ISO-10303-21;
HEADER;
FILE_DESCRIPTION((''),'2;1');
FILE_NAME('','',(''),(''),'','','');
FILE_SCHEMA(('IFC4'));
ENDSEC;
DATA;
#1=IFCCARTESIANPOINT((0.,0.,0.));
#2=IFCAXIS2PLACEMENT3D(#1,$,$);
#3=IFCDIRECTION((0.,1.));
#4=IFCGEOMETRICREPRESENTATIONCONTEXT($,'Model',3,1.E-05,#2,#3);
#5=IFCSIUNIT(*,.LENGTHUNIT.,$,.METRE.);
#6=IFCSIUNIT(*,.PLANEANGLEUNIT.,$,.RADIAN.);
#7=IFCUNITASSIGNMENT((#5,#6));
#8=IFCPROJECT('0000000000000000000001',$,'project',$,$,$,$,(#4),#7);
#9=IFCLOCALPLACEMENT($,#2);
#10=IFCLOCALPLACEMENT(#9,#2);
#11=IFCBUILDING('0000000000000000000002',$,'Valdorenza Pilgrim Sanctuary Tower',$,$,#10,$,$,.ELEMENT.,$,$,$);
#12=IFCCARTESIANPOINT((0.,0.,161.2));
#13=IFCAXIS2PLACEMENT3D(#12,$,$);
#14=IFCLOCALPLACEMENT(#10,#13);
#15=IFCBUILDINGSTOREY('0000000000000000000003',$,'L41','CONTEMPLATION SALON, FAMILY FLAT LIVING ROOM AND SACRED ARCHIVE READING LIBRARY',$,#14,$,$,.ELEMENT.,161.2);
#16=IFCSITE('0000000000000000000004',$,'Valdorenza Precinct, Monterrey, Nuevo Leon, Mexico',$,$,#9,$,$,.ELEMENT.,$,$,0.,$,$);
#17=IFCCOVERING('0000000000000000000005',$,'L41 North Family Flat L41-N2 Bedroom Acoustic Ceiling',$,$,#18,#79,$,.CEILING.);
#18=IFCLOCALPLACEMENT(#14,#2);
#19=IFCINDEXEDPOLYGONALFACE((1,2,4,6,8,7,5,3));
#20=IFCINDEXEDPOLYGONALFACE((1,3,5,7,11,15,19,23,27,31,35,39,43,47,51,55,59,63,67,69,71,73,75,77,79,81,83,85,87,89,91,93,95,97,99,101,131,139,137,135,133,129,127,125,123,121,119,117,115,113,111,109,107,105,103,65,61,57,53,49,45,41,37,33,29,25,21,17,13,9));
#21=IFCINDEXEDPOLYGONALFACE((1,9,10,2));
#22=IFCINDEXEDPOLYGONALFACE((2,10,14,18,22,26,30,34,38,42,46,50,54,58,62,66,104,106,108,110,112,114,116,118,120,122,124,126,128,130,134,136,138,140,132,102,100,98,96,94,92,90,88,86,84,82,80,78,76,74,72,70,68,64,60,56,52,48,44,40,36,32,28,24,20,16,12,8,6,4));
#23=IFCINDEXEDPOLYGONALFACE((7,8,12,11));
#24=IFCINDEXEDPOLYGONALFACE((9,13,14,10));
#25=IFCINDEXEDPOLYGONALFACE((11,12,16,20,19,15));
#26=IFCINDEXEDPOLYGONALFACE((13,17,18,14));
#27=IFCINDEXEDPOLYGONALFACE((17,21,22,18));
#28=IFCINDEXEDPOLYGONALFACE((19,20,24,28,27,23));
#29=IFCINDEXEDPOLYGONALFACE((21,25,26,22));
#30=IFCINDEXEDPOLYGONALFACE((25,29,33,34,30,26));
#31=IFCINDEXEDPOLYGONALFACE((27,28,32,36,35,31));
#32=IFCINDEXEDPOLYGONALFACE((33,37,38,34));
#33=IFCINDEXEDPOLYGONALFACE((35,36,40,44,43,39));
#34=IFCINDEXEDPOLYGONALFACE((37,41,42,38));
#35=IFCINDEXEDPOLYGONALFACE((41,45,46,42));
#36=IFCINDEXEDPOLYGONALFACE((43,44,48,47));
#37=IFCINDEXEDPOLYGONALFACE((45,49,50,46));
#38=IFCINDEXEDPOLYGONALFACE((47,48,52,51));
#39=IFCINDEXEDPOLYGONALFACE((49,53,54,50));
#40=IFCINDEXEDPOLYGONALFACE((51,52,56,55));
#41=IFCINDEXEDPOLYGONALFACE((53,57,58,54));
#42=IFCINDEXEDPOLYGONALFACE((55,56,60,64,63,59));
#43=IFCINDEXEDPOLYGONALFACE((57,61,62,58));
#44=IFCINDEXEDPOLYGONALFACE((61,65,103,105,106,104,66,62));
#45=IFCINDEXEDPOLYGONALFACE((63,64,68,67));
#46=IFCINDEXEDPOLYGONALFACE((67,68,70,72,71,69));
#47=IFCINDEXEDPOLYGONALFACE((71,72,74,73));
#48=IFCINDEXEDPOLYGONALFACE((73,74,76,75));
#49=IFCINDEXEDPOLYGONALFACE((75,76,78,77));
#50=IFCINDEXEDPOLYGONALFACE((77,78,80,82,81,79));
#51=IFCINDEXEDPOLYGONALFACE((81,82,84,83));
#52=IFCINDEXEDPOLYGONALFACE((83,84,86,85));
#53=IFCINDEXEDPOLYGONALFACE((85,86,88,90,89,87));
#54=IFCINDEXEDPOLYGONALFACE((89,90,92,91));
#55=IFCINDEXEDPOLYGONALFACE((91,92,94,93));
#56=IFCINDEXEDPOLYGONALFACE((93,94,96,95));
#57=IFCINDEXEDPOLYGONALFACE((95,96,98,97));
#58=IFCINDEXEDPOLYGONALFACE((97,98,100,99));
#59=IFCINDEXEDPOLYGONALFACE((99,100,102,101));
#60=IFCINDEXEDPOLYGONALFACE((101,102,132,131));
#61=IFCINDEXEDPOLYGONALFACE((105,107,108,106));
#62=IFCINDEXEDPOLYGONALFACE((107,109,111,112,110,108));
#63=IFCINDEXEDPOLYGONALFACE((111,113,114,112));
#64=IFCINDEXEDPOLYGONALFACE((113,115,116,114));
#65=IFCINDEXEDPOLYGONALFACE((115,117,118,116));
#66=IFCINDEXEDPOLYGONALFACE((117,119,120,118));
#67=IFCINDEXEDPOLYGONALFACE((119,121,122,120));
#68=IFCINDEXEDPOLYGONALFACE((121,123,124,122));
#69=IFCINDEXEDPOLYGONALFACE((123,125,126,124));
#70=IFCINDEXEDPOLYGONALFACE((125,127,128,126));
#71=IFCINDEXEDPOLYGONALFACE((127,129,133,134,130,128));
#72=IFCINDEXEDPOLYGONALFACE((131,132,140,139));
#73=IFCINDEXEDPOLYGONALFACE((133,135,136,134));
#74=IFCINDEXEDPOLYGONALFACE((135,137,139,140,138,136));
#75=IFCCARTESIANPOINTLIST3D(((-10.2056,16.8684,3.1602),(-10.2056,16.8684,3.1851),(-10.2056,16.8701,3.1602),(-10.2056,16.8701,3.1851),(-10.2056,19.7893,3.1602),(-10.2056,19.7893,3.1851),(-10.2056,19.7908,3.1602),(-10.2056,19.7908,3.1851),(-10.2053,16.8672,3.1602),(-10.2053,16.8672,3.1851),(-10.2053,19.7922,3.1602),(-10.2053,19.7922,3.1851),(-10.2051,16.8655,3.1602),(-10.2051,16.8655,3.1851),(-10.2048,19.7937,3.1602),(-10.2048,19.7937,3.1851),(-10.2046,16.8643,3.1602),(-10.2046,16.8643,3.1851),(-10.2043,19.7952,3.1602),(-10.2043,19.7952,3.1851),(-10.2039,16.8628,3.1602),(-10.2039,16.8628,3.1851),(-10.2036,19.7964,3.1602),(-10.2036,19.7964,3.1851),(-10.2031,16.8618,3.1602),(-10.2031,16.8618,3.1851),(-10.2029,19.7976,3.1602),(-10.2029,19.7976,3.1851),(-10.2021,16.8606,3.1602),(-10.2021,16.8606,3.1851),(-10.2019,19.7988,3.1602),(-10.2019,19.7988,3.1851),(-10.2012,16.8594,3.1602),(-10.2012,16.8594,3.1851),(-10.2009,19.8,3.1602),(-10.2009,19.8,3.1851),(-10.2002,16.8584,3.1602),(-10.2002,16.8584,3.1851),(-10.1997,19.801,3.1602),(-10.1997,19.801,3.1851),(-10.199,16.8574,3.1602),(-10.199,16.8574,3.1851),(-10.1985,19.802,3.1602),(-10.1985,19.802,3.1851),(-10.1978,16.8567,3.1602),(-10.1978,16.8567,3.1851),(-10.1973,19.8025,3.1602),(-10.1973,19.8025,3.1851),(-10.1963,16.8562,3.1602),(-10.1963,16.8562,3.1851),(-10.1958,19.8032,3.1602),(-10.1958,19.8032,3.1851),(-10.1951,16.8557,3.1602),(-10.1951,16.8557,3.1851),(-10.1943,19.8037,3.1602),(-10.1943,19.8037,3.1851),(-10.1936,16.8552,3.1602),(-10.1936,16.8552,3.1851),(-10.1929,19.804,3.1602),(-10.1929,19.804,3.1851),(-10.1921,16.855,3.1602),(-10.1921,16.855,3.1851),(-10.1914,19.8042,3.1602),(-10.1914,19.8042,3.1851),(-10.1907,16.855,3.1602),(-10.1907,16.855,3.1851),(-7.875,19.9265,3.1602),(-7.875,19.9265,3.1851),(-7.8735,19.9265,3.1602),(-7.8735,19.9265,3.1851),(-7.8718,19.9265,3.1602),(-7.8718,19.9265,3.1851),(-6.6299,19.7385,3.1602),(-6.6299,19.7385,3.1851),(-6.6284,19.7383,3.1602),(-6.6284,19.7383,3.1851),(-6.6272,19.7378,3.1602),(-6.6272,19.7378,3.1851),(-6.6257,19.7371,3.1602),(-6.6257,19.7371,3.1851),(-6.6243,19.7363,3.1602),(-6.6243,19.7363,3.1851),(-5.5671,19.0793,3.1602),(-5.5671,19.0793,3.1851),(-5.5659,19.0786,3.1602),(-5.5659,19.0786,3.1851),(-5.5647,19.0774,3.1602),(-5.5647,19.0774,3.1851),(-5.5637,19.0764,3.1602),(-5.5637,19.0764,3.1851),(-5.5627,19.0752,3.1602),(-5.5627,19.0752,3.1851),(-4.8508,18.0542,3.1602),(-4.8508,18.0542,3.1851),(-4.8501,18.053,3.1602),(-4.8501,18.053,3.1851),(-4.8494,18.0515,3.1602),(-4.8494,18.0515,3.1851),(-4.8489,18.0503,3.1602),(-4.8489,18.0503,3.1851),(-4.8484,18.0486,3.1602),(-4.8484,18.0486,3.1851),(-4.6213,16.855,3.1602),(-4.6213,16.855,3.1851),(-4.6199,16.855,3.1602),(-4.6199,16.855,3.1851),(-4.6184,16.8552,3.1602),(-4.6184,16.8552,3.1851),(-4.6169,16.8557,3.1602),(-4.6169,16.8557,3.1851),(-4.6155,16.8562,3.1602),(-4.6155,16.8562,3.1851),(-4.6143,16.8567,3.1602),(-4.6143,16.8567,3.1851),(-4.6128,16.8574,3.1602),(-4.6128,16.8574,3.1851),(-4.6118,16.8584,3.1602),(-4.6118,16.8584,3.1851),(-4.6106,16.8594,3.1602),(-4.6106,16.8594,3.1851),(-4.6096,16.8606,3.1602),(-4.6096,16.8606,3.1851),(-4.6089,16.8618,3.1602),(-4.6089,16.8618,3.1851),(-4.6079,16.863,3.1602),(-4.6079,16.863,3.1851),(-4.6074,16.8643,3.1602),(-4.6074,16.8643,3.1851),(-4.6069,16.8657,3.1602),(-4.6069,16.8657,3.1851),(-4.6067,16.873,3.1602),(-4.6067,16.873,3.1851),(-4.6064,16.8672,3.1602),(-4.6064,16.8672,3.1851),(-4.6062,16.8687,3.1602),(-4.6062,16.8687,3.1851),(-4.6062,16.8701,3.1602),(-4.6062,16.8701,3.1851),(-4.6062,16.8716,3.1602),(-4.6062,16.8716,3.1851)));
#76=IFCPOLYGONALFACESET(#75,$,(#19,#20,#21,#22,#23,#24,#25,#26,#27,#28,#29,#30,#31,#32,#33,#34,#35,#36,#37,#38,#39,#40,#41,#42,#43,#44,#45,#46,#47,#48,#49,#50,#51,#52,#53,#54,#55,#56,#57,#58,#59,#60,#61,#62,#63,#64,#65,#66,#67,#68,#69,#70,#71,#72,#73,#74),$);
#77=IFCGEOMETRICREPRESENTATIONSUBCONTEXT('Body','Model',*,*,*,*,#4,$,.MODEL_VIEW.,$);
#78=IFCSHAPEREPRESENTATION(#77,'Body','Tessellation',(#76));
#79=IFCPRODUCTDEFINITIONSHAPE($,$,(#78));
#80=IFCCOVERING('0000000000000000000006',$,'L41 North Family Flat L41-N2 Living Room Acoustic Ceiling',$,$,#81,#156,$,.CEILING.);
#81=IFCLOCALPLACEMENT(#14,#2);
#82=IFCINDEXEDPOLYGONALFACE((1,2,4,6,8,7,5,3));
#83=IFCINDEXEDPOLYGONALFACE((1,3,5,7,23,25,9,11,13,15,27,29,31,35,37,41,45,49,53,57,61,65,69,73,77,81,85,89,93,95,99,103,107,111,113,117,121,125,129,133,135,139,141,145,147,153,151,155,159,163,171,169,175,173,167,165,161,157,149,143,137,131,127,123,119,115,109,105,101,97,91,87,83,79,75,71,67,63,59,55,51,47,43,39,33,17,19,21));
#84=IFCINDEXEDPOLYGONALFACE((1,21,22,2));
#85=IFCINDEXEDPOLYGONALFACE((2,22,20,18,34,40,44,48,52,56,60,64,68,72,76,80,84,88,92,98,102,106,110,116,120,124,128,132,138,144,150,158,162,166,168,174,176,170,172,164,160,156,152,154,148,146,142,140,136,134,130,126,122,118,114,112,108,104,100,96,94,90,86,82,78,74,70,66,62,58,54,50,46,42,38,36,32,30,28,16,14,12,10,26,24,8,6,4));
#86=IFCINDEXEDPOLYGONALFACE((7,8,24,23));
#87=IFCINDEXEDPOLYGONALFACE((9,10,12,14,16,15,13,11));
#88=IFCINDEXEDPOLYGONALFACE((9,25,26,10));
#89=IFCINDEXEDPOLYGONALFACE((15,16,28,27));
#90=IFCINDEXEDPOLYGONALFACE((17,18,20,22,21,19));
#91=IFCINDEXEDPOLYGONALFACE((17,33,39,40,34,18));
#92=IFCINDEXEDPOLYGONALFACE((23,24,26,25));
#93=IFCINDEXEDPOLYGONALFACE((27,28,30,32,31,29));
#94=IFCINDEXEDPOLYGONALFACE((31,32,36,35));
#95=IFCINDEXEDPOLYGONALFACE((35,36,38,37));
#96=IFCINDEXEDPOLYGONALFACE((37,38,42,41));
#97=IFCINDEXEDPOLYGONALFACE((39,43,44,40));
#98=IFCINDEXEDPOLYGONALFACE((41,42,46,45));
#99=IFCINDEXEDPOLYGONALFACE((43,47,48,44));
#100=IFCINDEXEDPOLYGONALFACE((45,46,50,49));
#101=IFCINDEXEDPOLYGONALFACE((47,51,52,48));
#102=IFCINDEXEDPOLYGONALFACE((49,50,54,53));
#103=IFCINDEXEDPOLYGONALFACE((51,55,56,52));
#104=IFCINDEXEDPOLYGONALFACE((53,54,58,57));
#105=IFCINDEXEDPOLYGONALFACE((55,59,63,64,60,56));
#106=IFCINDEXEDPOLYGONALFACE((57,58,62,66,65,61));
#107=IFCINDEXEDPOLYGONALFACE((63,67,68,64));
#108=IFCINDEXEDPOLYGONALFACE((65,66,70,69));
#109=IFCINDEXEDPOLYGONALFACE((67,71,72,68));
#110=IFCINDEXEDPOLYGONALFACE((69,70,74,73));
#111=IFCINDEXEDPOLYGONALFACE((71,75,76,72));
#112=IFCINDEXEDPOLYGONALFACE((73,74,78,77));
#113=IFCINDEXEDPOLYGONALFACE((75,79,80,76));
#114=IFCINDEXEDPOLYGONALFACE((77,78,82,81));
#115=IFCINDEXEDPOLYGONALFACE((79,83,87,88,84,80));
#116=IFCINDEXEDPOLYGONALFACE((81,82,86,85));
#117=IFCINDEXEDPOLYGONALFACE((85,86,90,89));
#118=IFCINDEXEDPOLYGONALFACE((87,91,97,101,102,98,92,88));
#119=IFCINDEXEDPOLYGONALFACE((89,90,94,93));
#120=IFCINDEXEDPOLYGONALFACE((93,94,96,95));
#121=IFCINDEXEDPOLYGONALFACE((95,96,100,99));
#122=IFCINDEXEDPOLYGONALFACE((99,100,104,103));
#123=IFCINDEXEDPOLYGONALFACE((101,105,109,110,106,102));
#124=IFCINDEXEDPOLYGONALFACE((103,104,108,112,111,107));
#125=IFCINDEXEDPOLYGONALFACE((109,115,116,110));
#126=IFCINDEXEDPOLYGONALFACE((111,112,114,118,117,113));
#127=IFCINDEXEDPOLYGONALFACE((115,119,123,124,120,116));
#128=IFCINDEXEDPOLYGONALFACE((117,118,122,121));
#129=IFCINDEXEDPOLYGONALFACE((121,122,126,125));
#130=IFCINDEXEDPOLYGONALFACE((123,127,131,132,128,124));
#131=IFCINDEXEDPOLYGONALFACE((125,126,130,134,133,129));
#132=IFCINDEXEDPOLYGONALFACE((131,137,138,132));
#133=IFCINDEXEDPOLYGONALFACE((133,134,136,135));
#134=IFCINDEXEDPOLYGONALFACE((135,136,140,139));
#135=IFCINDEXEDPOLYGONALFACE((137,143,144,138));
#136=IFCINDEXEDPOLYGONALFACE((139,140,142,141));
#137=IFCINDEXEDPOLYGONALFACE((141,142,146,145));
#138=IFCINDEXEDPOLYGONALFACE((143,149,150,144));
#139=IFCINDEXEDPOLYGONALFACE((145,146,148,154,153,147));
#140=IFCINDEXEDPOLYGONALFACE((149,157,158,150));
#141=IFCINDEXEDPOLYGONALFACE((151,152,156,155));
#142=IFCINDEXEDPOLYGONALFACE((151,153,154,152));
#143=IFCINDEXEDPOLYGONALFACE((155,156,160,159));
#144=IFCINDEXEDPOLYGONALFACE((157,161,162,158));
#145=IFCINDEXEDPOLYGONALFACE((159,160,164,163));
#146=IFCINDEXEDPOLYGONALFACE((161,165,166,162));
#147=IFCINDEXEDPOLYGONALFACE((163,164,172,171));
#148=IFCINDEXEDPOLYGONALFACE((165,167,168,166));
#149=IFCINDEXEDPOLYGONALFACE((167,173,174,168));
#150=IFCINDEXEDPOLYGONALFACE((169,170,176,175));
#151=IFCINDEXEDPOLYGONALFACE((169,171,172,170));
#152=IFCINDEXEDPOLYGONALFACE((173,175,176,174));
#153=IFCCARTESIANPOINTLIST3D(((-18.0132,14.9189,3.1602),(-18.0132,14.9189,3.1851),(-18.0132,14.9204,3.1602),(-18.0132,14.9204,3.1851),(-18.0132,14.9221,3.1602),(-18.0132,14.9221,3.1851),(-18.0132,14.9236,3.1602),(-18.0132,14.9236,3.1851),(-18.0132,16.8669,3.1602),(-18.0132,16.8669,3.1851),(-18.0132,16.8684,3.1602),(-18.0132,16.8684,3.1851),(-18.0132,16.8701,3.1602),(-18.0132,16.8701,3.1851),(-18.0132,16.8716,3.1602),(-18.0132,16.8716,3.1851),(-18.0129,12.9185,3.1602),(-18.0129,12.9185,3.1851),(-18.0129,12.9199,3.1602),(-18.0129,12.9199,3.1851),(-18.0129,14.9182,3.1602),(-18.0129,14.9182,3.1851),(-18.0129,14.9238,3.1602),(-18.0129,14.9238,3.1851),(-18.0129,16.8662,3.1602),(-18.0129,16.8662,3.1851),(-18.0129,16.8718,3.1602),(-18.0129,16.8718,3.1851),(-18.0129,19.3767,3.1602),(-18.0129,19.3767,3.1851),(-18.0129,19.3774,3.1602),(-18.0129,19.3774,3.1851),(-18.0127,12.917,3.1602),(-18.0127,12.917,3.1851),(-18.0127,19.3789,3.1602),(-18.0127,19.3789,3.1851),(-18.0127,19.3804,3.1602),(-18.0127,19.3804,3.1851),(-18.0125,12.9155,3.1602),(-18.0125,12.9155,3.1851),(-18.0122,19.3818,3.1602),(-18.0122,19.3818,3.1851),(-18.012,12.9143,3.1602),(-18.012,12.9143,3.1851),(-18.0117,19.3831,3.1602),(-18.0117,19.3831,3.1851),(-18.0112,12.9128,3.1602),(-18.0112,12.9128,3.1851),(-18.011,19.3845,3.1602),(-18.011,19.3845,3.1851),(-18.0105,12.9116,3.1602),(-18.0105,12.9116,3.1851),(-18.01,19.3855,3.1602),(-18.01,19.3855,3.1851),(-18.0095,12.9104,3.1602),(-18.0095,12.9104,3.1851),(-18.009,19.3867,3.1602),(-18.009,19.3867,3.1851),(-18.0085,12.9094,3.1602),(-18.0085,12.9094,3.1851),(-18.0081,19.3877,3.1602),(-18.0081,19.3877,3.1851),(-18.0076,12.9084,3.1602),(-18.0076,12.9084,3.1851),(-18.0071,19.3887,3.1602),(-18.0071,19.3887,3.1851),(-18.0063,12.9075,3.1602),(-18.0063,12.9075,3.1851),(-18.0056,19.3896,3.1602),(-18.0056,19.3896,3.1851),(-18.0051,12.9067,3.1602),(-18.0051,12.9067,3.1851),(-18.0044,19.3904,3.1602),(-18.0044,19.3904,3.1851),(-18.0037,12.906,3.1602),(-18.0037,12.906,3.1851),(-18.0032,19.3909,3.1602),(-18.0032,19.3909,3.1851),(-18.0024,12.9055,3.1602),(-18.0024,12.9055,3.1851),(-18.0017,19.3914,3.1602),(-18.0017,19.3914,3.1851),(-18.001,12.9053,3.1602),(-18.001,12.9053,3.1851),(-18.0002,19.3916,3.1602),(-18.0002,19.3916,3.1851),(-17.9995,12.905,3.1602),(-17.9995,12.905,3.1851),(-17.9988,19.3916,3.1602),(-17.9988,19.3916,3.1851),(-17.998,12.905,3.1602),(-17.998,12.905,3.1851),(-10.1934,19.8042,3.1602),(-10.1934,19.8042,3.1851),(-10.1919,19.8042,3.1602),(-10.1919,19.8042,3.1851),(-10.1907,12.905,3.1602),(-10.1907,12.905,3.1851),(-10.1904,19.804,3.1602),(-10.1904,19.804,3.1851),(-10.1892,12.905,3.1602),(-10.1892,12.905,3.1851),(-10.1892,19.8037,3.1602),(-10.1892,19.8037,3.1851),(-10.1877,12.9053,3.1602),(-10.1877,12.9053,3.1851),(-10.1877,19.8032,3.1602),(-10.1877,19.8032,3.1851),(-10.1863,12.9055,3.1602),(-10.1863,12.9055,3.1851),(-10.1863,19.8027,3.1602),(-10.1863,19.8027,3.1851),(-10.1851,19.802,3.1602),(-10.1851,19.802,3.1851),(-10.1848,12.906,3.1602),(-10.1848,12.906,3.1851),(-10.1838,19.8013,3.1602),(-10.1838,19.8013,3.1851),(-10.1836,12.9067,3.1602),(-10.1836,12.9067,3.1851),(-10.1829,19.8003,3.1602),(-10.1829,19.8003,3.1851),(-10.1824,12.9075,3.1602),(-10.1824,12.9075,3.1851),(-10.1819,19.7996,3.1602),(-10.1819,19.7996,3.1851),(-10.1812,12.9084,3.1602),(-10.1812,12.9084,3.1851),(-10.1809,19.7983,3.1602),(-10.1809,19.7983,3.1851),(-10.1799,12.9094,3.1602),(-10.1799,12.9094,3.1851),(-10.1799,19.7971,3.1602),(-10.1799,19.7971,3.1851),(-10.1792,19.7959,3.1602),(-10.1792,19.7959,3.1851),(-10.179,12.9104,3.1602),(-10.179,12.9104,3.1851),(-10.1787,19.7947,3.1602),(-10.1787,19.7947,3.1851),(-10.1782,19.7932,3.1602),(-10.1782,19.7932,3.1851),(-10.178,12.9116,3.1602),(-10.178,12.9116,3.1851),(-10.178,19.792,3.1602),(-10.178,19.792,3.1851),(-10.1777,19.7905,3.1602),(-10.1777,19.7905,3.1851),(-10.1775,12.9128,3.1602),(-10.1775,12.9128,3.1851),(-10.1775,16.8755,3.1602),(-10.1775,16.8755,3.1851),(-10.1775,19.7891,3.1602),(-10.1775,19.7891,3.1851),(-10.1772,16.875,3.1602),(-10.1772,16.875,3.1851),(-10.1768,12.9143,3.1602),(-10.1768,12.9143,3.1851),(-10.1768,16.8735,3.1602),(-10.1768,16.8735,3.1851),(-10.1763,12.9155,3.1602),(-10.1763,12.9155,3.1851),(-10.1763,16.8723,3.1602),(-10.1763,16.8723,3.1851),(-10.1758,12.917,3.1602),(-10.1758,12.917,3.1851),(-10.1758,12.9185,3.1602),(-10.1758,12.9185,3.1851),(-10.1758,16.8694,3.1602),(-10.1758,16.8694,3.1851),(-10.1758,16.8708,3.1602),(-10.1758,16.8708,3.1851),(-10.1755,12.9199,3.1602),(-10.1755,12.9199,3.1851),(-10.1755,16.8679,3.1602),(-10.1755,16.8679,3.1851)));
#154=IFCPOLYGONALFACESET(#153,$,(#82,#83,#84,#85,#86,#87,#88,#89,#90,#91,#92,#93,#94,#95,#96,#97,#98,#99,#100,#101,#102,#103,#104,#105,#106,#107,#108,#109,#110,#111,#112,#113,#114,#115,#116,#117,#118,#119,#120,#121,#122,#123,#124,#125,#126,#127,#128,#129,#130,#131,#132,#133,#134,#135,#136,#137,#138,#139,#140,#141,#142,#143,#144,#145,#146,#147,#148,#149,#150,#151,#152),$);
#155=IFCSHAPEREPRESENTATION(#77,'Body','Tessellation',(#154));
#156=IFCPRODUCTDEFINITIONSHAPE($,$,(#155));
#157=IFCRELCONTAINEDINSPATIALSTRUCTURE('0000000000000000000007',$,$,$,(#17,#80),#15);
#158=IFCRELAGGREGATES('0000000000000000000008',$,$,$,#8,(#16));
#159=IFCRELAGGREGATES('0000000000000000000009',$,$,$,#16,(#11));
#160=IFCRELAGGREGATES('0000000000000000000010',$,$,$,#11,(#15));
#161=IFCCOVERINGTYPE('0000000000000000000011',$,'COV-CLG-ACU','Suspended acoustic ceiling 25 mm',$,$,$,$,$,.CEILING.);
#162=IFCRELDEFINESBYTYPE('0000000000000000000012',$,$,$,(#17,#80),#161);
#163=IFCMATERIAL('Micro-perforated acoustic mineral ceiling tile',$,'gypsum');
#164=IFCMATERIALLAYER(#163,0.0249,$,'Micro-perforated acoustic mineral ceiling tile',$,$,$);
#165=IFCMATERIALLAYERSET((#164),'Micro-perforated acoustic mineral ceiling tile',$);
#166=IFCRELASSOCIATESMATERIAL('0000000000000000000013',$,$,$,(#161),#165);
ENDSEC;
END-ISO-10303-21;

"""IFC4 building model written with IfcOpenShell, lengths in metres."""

from ifc_helpers import new_model, si_unit, direction, frame, origin, place, context, subcontext, project, spatial, polyline, outline, extrude, material, layer, layer_set, type_object, element, save


model = new_model("IFC4")

# Units and contexts
model_context = context("Model", 3, precision=1e-05, world=origin(), true_north=direction((0.0, 1.0)))
body_context = subcontext(model_context, "Body", "Model", "MODEL_VIEW")
ifc_project = project(units=[si_unit("LENGTHUNIT", "METRE"), si_unit("PLANEANGLEUNIT", "RADIAN")], contexts=[model_context])

# Site, building, storey
site_placement = place(None, origin())
site = spatial("IfcSite", under=ifc_project, at=site_placement, Name="Valdorenza Precinct, Monterrey, Nuevo Leon, Mexico", CompositionType="ELEMENT", RefElevation=0.0)
building_placement = place(site_placement, origin())
building = spatial("IfcBuilding", under=site, at=building_placement, Name="Valdorenza Pilgrim Sanctuary Tower", CompositionType="ELEMENT")
storey_placement = place(building_placement, frame((0.0, 0.0, 161.2)))
storey = spatial("IfcBuildingStorey", under=building, at=storey_placement, Name="L41", Description="CONTEMPLATION SALON, FAMILY FLAT LIVING ROOM AND SACRED ARCHIVE READING LIBRARY", CompositionType="ELEMENT", Elevation=161.2)

# Coverings
ifc_material_1 = material(Name="Micro-perforated acoustic mineral ceiling tile", Category="gypsum")
ifc_layer_1 = layer(ifc_material_1, 0.0249, Name="Micro-perforated acoustic mineral ceiling tile")
ifc_layer_set_1 = layer_set([ifc_layer_1], Name="Micro-perforated acoustic mineral ceiling tile")
covering_type_1 = type_object("IfcCoveringType", Name="COV-CLG-ACU", Description="Suspended acoustic ceiling 25 mm", PredefinedType="CEILING", material=ifc_layer_set_1)
covering_1_placement = place(storey_placement, frame((0.0, 0.0, 3.1602)))
element("IfcCovering", 1, at=covering_1_placement, inside=storey, type_object=covering_type_1, Name="L41 North Family Flat L41-N2 Bedroom Acoustic Ceiling", PredefinedType="CEILING", context=body_context, shape_type="SweptSolid", body=[
    extrude(outline(polyline([(-10.2056, 19.7893), (-10.2056, 19.7908), (-10.2053, 19.7922), (-10.2048, 19.7937), (-10.2043, 19.7952), (-10.2036, 19.7964), (-10.2029, 19.7976), (-10.2019, 19.7988), (-10.2009, 19.8), (-10.1997, 19.801), (-10.1985, 19.802), (-10.1973, 19.8025), (-10.1958, 19.8032), (-10.1943, 19.8037), (-10.1929, 19.804), (-10.1914, 19.8042), (-7.875, 19.9265), (-7.8735, 19.9265), (-7.8718, 19.9265), (-6.6299, 19.7385), (-6.6284, 19.7383), (-6.6272, 19.7378), (-6.6257, 19.7371), (-6.6243, 19.7363), (-5.5671, 19.0793), (-5.5659, 19.0786), (-5.5647, 19.0774), (-5.5637, 19.0764), (-5.5627, 19.0752), (-4.8508, 18.0542), (-4.8501, 18.053), (-4.8494, 18.0515), (-4.8489, 18.0503), (-4.8484, 18.0486), (-4.6067, 16.873), (-4.6062, 16.8716), (-4.6062, 16.8701), (-4.6062, 16.8687), (-4.6064, 16.8672), (-4.6069, 16.8657), (-4.6074, 16.8643), (-4.6079, 16.863), (-4.6089, 16.8618), (-4.6096, 16.8606), (-4.6106, 16.8594), (-4.6118, 16.8584), (-4.6128, 16.8574), (-4.6143, 16.8567), (-4.6155, 16.8562), (-4.6169, 16.8557), (-4.6184, 16.8552), (-4.6199, 16.855), (-4.6213, 16.855), (-10.1907, 16.855), (-10.1921, 16.855), (-10.1936, 16.8552), (-10.1951, 16.8557), (-10.1963, 16.8562), (-10.1978, 16.8567), (-10.199, 16.8574), (-10.2002, 16.8584), (-10.2012, 16.8594), (-10.2021, 16.8606), (-10.2031, 16.8618), (-10.2039, 16.8628), (-10.2046, 16.8643), (-10.2051, 16.8655), (-10.2053, 16.8672), (-10.2056, 16.8684), (-10.2056, 16.8701), (-10.2056, 19.7893)])), origin(), (0.0, 0.0, 1.0), 0.0249),
])
covering_2_placement = place(storey_placement, frame((0.0, 0.0, 3.1602)))
element("IfcCovering", 2, at=covering_2_placement, inside=storey, type_object=covering_type_1, Name="L41 North Family Flat L41-N2 Living Room Acoustic Ceiling", PredefinedType="CEILING", context=body_context, shape_type="SweptSolid", body=[
    extrude(outline(polyline([(-18.0129, 14.9182), (-18.0132, 14.9189), (-18.0132, 14.9204), (-18.0132, 14.9221), (-18.0132, 14.9236), (-18.0129, 14.9238), (-18.0129, 16.8662), (-18.0132, 16.8669), (-18.0132, 16.8684), (-18.0132, 16.8701), (-18.0132, 16.8716), (-18.0129, 16.8718), (-18.0129, 19.3767), (-18.0129, 19.3767), (-18.0129, 19.3774), (-18.0127, 19.3789), (-18.0127, 19.3804), (-18.0122, 19.3818), (-18.0117, 19.3831), (-18.011, 19.3845), (-18.01, 19.3855), (-18.009, 19.3867), (-18.0081, 19.3877), (-18.0071, 19.3887), (-18.0056, 19.3896), (-18.0044, 19.3904), (-18.0032, 19.3909), (-18.0017, 19.3914), (-18.0002, 19.3916), (-17.9988, 19.3916), (-10.1934, 19.8042), (-10.1919, 19.8042), (-10.1904, 19.804), (-10.1892, 19.8037), (-10.1877, 19.8032), (-10.1863, 19.8027), (-10.1851, 19.802), (-10.1838, 19.8013), (-10.1829, 19.8003), (-10.1819, 19.7996), (-10.1809, 19.7983), (-10.1799, 19.7971), (-10.1792, 19.7959), (-10.1787, 19.7947), (-10.1782, 19.7932), (-10.178, 19.792), (-10.1777, 19.7905), (-10.1775, 19.7891), (-10.1775, 16.8755), (-10.1772, 16.875), (-10.1768, 16.8735), (-10.1763, 16.8723), (-10.1758, 16.8708), (-10.1758, 16.8694), (-10.1755, 16.8679), (-10.1755, 12.9199), (-10.1758, 12.9185), (-10.1758, 12.917), (-10.1763, 12.9155), (-10.1768, 12.9143), (-10.1775, 12.9128), (-10.178, 12.9116), (-10.179, 12.9104), (-10.1799, 12.9094), (-10.1812, 12.9084), (-10.1824, 12.9075), (-10.1836, 12.9067), (-10.1848, 12.906), (-10.1863, 12.9055), (-10.1877, 12.9053), (-10.1892, 12.905), (-10.1907, 12.905), (-17.998, 12.905), (-17.9995, 12.905), (-18.001, 12.9053), (-18.0024, 12.9055), (-18.0037, 12.906), (-18.0051, 12.9067), (-18.0063, 12.9075), (-18.0076, 12.9084), (-18.0085, 12.9094), (-18.0095, 12.9104), (-18.0105, 12.9116), (-18.0112, 12.9128), (-18.012, 12.9143), (-18.0125, 12.9155), (-18.0127, 12.917), (-18.0129, 12.9185), (-18.0129, 12.9199), (-18.0129, 14.9182)])), origin(), (0.0, 0.0, 1.0), 0.0249),
])

save(model, "model.ifc")
